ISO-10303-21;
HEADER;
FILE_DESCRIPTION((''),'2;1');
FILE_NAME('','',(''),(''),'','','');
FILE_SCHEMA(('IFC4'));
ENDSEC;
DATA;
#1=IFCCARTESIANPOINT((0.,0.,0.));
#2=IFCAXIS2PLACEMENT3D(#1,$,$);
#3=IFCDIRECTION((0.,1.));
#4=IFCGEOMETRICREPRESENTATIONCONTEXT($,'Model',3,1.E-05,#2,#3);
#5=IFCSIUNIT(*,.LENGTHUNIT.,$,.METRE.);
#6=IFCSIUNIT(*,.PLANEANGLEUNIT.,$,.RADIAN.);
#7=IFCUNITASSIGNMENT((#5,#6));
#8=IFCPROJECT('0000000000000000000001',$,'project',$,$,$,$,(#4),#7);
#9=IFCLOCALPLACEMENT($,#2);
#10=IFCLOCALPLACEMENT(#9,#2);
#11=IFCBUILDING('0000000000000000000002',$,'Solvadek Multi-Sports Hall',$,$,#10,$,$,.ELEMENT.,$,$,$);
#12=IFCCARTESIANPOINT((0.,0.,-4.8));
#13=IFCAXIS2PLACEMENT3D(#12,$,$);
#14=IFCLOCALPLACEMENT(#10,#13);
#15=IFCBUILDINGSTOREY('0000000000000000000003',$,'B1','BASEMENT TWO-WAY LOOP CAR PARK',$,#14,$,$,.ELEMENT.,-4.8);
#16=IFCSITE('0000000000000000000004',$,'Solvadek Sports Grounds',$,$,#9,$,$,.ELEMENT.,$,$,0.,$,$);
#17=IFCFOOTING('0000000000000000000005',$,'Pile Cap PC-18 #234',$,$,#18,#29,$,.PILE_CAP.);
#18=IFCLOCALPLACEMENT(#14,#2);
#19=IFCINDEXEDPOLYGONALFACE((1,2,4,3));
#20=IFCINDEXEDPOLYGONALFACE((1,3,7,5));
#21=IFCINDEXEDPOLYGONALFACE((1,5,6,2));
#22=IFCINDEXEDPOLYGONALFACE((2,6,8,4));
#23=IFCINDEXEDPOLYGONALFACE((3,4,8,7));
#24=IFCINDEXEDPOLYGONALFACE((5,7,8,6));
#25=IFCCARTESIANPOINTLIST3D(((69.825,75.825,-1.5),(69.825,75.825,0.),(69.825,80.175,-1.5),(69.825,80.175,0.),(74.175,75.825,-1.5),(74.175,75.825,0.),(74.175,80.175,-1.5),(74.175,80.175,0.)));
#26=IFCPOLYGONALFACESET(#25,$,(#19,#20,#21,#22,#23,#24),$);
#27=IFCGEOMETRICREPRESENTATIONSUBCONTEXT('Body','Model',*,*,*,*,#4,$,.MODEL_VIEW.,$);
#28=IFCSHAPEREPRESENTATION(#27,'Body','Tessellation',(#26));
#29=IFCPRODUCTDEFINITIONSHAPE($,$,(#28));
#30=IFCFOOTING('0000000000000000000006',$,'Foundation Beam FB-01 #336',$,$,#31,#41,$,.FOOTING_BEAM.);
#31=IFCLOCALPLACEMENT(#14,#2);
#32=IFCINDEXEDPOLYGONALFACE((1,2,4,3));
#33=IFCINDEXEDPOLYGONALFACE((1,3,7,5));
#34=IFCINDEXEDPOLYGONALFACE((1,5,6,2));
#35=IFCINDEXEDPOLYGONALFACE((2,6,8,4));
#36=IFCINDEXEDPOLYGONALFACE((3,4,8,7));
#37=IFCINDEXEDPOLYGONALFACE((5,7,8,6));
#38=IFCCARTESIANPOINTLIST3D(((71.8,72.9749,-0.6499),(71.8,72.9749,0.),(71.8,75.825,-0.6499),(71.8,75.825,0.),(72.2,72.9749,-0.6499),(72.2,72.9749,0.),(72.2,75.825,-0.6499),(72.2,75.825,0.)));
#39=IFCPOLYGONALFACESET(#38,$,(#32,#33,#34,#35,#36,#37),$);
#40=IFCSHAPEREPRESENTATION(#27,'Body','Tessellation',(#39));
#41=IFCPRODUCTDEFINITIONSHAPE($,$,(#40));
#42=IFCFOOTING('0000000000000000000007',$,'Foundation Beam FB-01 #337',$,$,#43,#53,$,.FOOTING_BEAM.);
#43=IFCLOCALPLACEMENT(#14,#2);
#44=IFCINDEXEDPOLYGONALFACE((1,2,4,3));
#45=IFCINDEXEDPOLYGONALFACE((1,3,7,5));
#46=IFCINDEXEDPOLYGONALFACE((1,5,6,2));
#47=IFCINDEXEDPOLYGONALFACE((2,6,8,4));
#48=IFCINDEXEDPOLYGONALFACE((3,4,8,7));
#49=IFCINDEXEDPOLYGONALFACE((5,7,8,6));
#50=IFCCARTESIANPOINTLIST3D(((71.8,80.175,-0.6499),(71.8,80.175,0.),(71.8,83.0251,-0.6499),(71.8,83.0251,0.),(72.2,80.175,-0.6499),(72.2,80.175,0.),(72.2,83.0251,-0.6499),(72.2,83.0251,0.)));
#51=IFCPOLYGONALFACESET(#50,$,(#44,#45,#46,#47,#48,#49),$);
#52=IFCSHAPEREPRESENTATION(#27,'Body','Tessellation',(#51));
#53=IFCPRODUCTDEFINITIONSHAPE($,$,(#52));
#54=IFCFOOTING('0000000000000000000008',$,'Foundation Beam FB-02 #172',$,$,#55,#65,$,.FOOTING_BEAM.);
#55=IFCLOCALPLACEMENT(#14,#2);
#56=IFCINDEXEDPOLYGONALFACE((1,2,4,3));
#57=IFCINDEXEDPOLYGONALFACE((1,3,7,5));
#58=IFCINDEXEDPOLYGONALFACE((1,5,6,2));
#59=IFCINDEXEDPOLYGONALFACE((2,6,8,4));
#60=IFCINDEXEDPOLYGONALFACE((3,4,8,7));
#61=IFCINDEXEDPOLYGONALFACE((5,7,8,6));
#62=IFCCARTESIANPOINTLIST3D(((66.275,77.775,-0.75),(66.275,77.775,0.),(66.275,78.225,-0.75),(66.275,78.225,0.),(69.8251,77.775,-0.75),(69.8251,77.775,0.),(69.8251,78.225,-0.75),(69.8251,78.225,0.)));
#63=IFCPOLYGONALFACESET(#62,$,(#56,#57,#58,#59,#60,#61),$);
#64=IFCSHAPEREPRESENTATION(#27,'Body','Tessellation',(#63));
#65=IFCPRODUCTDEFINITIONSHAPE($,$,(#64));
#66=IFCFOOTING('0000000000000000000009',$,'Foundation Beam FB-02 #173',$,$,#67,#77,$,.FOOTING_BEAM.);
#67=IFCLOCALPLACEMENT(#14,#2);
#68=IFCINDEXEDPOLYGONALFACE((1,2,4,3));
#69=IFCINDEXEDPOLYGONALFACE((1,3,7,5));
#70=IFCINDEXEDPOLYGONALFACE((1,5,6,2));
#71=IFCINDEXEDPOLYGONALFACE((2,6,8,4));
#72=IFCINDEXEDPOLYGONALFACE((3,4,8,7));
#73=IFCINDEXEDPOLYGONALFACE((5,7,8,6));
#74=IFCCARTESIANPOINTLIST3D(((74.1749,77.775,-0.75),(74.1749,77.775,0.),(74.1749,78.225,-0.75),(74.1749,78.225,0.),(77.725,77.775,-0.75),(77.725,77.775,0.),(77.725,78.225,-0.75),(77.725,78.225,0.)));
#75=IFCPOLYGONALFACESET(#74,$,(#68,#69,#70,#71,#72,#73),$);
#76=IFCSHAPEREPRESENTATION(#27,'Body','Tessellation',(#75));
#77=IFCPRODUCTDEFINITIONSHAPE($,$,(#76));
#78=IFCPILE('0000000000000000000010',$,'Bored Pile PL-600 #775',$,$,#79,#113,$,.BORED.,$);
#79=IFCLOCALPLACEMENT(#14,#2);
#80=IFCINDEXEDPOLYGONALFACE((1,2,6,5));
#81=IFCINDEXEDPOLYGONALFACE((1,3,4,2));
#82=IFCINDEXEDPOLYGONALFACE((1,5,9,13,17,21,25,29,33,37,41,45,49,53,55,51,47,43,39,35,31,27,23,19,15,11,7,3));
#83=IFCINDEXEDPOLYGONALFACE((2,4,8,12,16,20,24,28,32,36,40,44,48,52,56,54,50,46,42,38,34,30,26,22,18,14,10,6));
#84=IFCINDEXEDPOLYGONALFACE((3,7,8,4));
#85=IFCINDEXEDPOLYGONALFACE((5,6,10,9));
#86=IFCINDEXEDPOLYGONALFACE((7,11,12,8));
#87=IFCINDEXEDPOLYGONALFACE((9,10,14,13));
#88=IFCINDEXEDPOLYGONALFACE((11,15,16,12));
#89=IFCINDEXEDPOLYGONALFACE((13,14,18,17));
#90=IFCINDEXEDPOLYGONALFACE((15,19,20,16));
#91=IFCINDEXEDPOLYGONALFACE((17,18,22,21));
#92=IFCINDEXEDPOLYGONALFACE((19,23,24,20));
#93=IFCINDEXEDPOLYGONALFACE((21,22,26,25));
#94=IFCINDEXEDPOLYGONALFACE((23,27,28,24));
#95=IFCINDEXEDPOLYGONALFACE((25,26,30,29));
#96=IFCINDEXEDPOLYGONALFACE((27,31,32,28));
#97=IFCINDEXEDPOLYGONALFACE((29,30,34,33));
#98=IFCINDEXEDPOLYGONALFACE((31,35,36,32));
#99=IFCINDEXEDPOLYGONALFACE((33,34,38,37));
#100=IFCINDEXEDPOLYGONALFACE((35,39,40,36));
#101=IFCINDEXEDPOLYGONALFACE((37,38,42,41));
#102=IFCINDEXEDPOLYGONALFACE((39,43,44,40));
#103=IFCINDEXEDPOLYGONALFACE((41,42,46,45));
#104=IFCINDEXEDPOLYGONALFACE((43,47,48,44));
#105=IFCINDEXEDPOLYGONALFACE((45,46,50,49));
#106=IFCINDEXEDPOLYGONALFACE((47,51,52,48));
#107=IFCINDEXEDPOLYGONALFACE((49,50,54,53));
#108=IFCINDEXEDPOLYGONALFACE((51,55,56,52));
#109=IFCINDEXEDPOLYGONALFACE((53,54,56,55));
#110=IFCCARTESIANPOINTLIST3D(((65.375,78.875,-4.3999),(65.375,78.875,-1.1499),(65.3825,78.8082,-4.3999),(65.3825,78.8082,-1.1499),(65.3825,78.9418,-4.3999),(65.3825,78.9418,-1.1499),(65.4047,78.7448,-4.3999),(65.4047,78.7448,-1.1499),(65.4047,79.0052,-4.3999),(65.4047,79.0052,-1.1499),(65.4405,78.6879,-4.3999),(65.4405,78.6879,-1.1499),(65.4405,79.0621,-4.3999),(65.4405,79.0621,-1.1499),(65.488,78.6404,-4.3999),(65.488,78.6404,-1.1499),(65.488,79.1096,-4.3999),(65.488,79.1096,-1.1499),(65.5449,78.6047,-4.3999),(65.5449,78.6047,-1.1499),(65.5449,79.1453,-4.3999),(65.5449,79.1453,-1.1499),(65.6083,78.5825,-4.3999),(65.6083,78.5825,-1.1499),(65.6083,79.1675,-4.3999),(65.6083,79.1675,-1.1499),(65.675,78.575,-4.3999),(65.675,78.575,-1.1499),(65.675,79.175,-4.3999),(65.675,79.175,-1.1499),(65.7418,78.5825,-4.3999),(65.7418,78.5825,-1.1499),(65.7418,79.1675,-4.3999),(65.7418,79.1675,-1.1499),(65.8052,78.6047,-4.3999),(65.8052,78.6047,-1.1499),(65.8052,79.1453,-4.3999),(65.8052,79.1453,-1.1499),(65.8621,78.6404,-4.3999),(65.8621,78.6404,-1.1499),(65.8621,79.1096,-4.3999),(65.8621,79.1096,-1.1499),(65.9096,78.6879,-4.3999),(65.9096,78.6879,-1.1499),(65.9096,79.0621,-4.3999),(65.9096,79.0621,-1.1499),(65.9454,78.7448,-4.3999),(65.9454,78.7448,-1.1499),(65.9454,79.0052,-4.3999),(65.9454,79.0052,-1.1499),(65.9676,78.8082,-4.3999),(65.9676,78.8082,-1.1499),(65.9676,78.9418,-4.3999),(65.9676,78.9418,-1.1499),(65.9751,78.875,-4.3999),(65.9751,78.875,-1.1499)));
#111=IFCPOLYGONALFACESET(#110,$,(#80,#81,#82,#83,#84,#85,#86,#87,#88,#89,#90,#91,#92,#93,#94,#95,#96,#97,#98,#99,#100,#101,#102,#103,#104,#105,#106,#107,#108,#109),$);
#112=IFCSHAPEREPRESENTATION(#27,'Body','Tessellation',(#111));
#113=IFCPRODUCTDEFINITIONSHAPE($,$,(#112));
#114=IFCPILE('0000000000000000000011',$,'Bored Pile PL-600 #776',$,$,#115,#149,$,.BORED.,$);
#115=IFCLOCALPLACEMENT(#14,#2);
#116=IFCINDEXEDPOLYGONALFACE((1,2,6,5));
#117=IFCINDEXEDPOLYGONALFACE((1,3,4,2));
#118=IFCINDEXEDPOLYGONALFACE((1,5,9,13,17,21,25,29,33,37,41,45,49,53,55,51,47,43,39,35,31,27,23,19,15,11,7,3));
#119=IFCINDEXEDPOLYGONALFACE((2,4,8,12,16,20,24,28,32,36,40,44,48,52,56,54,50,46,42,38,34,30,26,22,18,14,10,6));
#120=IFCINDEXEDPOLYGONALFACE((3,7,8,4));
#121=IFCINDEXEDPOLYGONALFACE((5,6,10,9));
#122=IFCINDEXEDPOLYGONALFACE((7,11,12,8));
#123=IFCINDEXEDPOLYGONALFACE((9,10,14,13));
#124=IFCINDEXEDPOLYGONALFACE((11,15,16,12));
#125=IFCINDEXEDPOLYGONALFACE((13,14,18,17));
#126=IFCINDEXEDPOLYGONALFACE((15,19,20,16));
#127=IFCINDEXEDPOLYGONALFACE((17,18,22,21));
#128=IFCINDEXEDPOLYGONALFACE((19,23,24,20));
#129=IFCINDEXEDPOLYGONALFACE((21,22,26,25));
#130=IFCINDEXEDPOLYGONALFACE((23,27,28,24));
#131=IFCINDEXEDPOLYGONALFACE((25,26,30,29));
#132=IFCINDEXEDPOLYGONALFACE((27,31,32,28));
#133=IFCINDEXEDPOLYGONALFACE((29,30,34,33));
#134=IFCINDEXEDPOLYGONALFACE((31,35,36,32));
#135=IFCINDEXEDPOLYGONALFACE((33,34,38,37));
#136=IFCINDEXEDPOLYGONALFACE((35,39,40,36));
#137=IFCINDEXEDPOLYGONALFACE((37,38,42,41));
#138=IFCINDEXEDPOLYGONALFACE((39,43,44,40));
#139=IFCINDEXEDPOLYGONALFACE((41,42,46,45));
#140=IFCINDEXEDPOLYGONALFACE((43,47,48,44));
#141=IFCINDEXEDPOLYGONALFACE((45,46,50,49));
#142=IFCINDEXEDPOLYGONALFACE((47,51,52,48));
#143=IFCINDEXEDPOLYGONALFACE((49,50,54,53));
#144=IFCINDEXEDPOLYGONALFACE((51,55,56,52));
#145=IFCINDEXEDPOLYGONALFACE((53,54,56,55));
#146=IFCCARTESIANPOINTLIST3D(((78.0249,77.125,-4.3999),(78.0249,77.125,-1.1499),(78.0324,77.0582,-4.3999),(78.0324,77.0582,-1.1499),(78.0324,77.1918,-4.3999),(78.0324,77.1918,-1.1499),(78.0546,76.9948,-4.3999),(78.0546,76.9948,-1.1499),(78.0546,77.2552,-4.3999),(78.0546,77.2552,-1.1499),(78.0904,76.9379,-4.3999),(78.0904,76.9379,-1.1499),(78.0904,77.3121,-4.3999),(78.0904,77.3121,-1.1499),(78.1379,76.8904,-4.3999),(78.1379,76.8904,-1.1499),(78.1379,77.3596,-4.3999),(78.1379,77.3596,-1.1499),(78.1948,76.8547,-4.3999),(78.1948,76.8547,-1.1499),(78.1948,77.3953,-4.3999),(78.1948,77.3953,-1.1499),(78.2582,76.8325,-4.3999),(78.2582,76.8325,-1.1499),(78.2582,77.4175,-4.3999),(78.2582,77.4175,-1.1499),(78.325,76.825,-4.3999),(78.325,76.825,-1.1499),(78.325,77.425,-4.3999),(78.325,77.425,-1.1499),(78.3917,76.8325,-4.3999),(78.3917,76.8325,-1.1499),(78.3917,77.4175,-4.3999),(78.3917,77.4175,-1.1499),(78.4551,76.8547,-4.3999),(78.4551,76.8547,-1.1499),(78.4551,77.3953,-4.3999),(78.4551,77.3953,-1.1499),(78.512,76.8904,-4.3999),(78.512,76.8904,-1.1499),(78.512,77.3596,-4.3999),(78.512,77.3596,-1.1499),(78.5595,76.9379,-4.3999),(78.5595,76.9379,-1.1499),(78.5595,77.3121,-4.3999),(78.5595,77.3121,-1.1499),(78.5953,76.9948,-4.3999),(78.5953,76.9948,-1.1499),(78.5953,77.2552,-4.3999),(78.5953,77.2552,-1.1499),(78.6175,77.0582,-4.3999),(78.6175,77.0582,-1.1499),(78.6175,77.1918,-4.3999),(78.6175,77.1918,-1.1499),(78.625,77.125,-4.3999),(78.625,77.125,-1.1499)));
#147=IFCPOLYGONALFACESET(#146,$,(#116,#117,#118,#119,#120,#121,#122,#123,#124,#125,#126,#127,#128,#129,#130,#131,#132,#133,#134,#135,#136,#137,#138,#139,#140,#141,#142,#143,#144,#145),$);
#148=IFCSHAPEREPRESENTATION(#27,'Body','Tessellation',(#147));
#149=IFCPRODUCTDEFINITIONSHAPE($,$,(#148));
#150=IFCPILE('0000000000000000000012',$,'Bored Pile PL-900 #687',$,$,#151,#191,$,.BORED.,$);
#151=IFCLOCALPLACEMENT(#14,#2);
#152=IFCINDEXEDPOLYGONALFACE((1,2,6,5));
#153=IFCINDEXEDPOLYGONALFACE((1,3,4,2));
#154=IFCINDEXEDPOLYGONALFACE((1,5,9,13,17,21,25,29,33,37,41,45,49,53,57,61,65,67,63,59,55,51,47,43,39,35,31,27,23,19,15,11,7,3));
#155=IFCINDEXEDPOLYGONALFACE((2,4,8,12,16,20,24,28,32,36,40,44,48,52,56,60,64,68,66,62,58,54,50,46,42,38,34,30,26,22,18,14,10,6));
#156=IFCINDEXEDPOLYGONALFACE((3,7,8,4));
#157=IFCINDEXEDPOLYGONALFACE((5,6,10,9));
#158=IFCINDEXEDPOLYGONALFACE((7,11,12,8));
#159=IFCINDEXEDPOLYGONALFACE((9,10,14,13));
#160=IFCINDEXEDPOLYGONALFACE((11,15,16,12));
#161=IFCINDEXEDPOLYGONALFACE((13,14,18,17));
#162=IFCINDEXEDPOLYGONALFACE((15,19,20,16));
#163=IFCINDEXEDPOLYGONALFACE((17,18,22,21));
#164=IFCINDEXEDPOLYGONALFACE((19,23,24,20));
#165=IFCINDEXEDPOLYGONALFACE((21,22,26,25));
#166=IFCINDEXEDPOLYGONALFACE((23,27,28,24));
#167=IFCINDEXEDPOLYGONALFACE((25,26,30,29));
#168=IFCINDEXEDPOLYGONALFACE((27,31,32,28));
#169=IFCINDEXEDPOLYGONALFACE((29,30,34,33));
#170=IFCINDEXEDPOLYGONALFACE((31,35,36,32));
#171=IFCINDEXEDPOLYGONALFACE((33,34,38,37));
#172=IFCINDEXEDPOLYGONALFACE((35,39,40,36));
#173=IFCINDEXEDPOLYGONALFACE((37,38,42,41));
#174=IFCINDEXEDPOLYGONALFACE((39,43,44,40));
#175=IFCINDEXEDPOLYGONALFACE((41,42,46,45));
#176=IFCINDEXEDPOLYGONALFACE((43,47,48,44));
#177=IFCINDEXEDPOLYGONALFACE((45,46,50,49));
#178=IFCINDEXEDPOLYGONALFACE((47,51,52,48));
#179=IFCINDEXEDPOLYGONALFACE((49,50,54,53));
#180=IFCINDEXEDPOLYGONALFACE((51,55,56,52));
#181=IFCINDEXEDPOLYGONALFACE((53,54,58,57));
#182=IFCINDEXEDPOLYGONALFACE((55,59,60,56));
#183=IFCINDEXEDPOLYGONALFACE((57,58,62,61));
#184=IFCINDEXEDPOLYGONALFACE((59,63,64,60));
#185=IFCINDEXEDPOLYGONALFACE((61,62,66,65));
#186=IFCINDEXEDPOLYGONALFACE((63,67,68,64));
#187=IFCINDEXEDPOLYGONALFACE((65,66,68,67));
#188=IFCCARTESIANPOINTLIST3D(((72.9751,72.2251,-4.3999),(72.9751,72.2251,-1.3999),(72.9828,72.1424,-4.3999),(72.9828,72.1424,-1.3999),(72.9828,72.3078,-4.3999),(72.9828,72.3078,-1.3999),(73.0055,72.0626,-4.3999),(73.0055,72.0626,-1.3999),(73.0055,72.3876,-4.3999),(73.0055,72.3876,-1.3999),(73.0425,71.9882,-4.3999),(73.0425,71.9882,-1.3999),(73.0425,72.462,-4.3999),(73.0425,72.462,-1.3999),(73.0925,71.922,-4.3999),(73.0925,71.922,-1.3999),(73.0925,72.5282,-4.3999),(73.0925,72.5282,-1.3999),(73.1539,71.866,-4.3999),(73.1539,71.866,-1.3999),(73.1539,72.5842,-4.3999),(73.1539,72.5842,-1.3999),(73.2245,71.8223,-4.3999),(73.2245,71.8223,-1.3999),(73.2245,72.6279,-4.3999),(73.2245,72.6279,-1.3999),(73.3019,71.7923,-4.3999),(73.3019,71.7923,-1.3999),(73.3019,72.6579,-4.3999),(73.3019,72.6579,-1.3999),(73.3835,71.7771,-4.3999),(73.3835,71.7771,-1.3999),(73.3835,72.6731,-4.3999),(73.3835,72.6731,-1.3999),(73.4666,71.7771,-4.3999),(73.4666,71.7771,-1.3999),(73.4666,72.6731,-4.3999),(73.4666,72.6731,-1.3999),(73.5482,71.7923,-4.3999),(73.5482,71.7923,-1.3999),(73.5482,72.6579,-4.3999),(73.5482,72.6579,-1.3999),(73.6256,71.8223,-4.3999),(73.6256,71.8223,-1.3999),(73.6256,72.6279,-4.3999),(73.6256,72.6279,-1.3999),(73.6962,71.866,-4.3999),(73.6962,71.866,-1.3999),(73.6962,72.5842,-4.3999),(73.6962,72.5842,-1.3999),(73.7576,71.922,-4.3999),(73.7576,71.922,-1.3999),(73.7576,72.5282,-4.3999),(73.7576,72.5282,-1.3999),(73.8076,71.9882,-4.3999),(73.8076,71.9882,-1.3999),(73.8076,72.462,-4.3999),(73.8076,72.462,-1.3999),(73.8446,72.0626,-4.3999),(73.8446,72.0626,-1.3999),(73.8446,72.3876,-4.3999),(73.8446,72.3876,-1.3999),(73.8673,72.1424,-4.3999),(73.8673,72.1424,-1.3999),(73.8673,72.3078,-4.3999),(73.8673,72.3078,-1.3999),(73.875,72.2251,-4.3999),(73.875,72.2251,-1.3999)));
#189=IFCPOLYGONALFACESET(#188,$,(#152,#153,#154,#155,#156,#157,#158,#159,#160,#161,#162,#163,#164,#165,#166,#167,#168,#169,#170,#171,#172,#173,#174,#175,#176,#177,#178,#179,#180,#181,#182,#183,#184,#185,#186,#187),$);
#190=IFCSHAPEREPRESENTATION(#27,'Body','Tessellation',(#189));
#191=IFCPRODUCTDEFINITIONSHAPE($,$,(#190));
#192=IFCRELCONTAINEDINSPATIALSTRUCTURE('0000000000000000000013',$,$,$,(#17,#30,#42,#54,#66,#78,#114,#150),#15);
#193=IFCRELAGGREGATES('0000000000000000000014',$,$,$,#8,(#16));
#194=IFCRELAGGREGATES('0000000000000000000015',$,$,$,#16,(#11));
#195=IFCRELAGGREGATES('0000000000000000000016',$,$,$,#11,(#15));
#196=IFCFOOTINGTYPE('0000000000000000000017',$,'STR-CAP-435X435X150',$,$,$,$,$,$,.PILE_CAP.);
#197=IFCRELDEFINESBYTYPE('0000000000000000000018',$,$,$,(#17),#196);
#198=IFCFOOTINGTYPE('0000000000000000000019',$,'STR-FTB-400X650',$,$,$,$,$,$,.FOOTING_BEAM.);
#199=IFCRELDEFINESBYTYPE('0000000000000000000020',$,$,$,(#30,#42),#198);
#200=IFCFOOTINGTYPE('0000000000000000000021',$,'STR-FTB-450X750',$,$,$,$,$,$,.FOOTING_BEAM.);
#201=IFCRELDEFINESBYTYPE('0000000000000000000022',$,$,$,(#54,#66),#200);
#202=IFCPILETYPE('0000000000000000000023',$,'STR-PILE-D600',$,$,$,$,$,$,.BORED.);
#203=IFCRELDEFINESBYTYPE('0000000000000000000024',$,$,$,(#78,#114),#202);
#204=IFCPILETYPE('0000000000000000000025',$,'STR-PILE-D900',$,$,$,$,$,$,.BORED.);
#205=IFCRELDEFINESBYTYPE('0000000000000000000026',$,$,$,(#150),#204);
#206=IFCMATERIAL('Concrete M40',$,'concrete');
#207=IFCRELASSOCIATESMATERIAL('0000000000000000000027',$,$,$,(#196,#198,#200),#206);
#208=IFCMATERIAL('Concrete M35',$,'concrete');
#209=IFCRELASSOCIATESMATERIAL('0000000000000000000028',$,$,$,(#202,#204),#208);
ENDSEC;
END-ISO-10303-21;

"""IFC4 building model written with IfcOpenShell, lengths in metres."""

from ifc_helpers import new_model, si_unit, direction, frame, origin, origin_2d, place, context, subcontext, project, spatial, rectangle, circle, extrude, material, material_profile, profile_set, type_object, element, save


model = new_model("IFC4")

# Units and contexts
model_context = context("Model", 3, precision=1e-05, world=origin(), true_north=direction((0.0, 1.0)))
body_context = subcontext(model_context, "Body", "Model", "MODEL_VIEW")
ifc_project = project(units=[si_unit("LENGTHUNIT", "METRE"), si_unit("PLANEANGLEUNIT", "RADIAN")], contexts=[model_context])

# Site, building, storey
site_placement = place(None, origin())
site = spatial("IfcSite", under=ifc_project, at=site_placement, Name="Solvadek Sports Grounds", CompositionType="ELEMENT", RefElevation=0.0)
building_placement = place(site_placement, origin())
building = spatial("IfcBuilding", under=site, at=building_placement, Name="Solvadek Multi-Sports Hall", CompositionType="ELEMENT")
storey_placement = place(building_placement, frame((0.0, 0.0, -4.8)))
storey = spatial("IfcBuildingStorey", under=building, at=storey_placement, Name="B1", Description="BASEMENT TWO-WAY LOOP CAR PARK", CompositionType="ELEMENT", Elevation=-4.8)

# Footings
ifc_material_1 = material(Name="Concrete M40", Category="concrete")
footing_type_1 = type_object("IfcFootingType", Name="STR-CAP-435X435X150", PredefinedType="PILE_CAP", material=ifc_material_1)
footing_placement = place(storey_placement, frame((72.0, 78.0, -1.5), z_axis=(0.0, 0.0, 1.0), x_axis=(1.0, 0.0, 0.0)))
element("IfcFooting", 1, at=footing_placement, inside=storey, type_object=footing_type_1, Name="Pile Cap PC-18 #234", PredefinedType="PILE_CAP", context=body_context, shape_type="SweptSolid", body=[
    extrude(rectangle(XDim=4.3501, YDim=4.3501, at=origin_2d()), origin(), (0.0, 0.0, 1.0), 1.5),
])
footing_type_2 = type_object("IfcFootingType", Name="STR-FTB-400X650", PredefinedType="FOOTING_BEAM", material=ifc_material_1)
for number, where, z_axis, x_axis, name in (
    (2, (72.0, 74.3999, -0.6499), (0.0, 0.0, 1.0), (0.0, 1.0, 0.0), "Foundation Beam FB-01 #336"),
    (3, (72.0, 81.6001, -0.6499), (0.0, 0.0, 1.0), (0.0, 1.0, 0.0), "Foundation Beam FB-01 #337"),
):
    element("IfcFooting", number, at=place(storey_placement, frame(where, z_axis=z_axis, x_axis=x_axis)), inside=storey, type_object=footing_type_2, Name=name, PredefinedType="FOOTING_BEAM", context=body_context, shape_type="SweptSolid", body=[
        extrude(rectangle(XDim=2.8501, YDim=0.3999, at=origin_2d()), origin(), (0.0, 0.0, 1.0), 0.6499),
    ])
footing_type_3 = type_object("IfcFootingType", Name="STR-FTB-450X750", PredefinedType="FOOTING_BEAM", material=ifc_material_1)
for number, where, z_axis, x_axis, name in (
    (4, (68.05, 78.0, -0.75), (0.0, 0.0, 1.0), (1.0, 0.0, 0.0), "Foundation Beam FB-02 #172"),
    (5, (75.95, 78.0, -0.75), (0.0, 0.0, 1.0), (1.0, 0.0, 0.0), "Foundation Beam FB-02 #173"),
):
    element("IfcFooting", number, at=place(storey_placement, frame(where, z_axis=z_axis, x_axis=x_axis)), inside=storey, type_object=footing_type_3, Name=name, PredefinedType="FOOTING_BEAM", context=body_context, shape_type="SweptSolid", body=[
        extrude(rectangle(XDim=3.55, YDim=0.45, at=origin_2d()), origin(), (0.0, 0.0, 1.0), 0.75),
    ])

# Piles
ifc_material_2 = material(Name="Concrete M35", Category="concrete")
ifc_material_profile_1 = material_profile(ifc_material_2, circle(Radius=0.3, at=origin_2d()), Name="BORED PILE D600")
ifc_profile_set_1 = profile_set([ifc_material_profile_1], Name="Concrete M35")
pile_type_1 = type_object("IfcPileType", Name="STR-PILE-D600", PredefinedType="BORED", material=ifc_profile_set_1)
for number, where, z_axis, x_axis, name in (
    (6, (65.675, 78.875, -1.1499), (0.0, 0.0, -1.0), (1.0, 0.0, 0.0), "Bored Pile PL-600 #775"),
    (7, (78.325, 77.125, -1.1499), (0.0, 0.0, -1.0), (1.0, 0.0, 0.0), "Bored Pile PL-600 #776"),
):
    element("IfcPile", number, at=place(storey_placement, frame(where, z_axis=z_axis, x_axis=x_axis)), inside=storey, type_object=pile_type_1, Name=name, PredefinedType="BORED", context=body_context, shape_type="SweptSolid", body=[
        extrude(circle(Radius=0.3, at=origin_2d()), origin(), (0.0, 0.0, 1.0), 3.25),
    ])
ifc_material_profile_2 = material_profile(ifc_material_2, circle(Radius=0.45, at=origin_2d()), Name="BORED PILE D900")
ifc_profile_set_2 = profile_set([ifc_material_profile_2], Name="Concrete M35")
pile_type_2 = type_object("IfcPileType", Name="STR-PILE-D900", PredefinedType="BORED", material=ifc_profile_set_2)
for number, where, z_axis, x_axis, name in (
    (8, (73.425, 72.2251, -1.3999), (0.0, 0.0, -1.0), (1.0, 0.0, 0.0), "Bored Pile PL-900 #687"),
):
    element("IfcPile", number, at=place(storey_placement, frame(where, z_axis=z_axis, x_axis=x_axis)), inside=storey, type_object=pile_type_2, Name=name, PredefinedType="BORED", context=body_context, shape_type="SweptSolid", body=[
        extrude(circle(Radius=0.45, at=origin_2d()), origin(), (0.0, 0.0, 1.0), 3.0),
    ])

save(model, "model.ifc")
